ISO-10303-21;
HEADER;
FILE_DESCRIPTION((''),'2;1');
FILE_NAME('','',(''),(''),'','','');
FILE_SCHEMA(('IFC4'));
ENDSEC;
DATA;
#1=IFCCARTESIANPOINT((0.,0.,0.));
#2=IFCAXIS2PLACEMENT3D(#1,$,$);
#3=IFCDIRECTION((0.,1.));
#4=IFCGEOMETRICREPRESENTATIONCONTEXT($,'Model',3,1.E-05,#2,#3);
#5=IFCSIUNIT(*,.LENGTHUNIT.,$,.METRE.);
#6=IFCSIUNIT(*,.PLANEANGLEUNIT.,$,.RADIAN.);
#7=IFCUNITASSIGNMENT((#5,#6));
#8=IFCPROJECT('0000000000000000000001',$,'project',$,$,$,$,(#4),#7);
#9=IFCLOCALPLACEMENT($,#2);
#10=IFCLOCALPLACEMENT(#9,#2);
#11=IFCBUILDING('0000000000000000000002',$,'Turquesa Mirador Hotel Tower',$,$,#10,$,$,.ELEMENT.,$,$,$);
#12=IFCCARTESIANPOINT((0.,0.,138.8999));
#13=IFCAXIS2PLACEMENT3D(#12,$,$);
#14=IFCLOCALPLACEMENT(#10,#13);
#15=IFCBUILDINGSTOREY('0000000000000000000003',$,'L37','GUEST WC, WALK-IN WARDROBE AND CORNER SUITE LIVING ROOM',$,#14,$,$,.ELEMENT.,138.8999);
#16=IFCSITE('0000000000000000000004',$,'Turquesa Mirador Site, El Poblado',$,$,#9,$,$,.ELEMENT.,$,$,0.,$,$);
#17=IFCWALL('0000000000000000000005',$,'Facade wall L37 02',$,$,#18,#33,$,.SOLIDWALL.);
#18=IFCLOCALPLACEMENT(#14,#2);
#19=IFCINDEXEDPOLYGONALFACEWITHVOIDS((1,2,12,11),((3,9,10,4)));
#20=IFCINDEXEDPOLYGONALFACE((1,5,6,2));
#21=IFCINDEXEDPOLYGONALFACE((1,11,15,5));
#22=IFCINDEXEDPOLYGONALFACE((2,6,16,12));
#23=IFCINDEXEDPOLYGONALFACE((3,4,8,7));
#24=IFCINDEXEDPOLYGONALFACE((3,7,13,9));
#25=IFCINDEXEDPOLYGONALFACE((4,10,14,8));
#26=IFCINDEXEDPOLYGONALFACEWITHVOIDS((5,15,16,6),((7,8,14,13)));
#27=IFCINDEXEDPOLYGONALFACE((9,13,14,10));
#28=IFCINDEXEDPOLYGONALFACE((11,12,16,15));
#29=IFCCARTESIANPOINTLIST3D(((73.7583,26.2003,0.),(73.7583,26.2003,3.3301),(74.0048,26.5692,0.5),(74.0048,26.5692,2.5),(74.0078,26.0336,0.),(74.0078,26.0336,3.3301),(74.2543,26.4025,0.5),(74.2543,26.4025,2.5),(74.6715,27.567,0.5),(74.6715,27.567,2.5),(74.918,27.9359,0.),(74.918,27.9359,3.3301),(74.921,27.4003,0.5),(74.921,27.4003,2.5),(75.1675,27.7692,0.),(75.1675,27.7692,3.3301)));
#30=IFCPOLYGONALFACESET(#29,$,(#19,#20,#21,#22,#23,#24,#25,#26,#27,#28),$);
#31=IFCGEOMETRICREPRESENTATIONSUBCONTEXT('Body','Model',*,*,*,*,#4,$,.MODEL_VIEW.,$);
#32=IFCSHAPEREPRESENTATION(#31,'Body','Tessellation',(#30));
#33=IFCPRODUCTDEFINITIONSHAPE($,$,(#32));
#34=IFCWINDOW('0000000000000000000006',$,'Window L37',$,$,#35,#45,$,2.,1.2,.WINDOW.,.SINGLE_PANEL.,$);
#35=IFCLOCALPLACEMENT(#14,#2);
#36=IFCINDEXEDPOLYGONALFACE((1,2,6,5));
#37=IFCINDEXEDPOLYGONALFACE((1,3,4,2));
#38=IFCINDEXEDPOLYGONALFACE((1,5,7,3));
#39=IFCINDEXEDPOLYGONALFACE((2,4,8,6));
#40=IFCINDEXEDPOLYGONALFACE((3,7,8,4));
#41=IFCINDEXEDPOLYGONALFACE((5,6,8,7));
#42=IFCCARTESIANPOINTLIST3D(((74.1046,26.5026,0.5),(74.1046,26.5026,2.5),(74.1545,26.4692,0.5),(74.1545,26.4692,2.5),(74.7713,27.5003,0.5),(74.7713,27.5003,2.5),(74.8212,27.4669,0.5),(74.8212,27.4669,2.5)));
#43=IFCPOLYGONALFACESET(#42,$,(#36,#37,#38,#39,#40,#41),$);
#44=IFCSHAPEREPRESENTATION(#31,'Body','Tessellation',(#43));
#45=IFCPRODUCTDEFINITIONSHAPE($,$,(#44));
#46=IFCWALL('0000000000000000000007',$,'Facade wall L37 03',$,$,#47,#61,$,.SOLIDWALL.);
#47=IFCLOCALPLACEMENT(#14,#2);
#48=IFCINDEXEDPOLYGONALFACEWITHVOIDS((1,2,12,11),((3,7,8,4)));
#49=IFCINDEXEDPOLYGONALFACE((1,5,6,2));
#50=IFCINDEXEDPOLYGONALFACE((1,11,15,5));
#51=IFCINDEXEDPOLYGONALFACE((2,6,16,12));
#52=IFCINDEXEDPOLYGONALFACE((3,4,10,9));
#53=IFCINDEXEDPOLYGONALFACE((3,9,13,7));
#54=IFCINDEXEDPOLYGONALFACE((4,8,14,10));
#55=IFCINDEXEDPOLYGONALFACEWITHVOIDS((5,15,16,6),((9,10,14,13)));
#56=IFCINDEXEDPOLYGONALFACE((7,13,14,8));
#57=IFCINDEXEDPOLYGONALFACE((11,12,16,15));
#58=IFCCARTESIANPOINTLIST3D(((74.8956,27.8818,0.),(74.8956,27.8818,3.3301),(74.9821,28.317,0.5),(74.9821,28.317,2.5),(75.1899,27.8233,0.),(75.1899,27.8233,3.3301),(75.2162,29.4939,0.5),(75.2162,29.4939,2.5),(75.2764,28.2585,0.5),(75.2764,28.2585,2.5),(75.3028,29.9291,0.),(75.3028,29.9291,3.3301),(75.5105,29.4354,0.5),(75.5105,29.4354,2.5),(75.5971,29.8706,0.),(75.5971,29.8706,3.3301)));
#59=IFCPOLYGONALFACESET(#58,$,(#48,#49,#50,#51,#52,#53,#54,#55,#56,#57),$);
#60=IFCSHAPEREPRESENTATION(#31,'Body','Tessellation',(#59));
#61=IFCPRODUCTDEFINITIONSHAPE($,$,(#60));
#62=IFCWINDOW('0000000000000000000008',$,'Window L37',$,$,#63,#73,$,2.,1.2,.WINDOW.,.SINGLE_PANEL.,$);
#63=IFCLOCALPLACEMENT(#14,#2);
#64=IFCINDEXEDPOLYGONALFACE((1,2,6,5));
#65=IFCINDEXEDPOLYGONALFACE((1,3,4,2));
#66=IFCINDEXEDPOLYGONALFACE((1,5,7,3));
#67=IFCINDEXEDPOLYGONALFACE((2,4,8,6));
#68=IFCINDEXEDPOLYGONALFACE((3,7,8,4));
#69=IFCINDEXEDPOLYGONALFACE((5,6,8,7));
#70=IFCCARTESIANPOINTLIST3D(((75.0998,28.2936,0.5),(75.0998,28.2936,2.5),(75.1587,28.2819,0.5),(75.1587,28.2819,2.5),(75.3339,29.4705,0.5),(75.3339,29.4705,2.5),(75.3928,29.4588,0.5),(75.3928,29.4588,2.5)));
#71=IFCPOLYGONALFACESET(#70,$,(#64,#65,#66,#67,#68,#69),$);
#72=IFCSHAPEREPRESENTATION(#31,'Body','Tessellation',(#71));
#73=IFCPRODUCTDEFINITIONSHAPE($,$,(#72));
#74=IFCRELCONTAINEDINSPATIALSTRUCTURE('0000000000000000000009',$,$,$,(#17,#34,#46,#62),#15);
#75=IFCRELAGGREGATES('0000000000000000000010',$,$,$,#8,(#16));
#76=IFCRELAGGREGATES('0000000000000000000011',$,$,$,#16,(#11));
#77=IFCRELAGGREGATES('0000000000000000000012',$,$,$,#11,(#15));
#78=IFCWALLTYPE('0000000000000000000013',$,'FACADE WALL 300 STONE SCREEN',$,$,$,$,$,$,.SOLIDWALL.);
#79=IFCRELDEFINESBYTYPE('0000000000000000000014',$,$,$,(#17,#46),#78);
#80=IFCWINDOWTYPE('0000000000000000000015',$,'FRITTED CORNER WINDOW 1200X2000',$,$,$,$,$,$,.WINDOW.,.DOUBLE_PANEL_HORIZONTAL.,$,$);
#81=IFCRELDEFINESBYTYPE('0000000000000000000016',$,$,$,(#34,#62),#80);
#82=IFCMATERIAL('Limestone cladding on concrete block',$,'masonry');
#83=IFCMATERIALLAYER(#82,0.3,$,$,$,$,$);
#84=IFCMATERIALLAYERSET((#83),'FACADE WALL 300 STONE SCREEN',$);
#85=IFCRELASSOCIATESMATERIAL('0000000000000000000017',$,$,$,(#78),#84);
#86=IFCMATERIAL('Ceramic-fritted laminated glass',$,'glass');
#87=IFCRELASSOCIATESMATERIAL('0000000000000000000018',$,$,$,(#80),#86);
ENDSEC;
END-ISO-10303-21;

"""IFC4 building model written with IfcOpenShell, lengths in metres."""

from ifc_helpers import new_model, si_unit, direction, frame, frame_2d, origin, place, context, subcontext, project, spatial, rectangle, extrude, material, layer, layer_set, type_object, element, fill, save


model = new_model("IFC4")

# Units and contexts
model_context = context("Model", 3, precision=1e-05, world=origin(), true_north=direction((0.0, 1.0)))
body_context = subcontext(model_context, "Body", "Model", "MODEL_VIEW")
ifc_project = project(units=[si_unit("LENGTHUNIT", "METRE"), si_unit("PLANEANGLEUNIT", "RADIAN")], contexts=[model_context])

# Site, building, storey
site_placement = place(None, origin())
site = spatial("IfcSite", under=ifc_project, at=site_placement, Name="Turquesa Mirador Site, El Poblado", CompositionType="ELEMENT", RefElevation=0.0)
building_placement = place(site_placement, origin())
building = spatial("IfcBuilding", under=site, at=building_placement, Name="Turquesa Mirador Hotel Tower", CompositionType="ELEMENT")
storey_placement = place(building_placement, frame((0.0, 0.0, 138.8999)))
storey = spatial("IfcBuildingStorey", under=building, at=storey_placement, Name="L37", Description="GUEST WC, WALK-IN WARDROBE AND CORNER SUITE LIVING ROOM", CompositionType="ELEMENT", Elevation=138.8999)

# Walls, openings, windows
ifc_material_1 = material(Name="Limestone cladding on concrete block", Category="masonry")
ifc_layer = layer(ifc_material_1, 0.3)
ifc_layer_set = layer_set([ifc_layer], Name="FACADE WALL 300 STONE SCREEN")
wall_type = type_object("IfcWallType", Name="FACADE WALL 300 STONE SCREEN", PredefinedType="SOLIDWALL", material=ifc_layer_set)
ifc_material_2 = material(Name="Ceramic-fritted laminated glass", Category="glass")
window_type_1 = type_object("IfcWindowType", Name="FRITTED CORNER WINDOW 1200X2000", PartitioningType="DOUBLE_PANEL_HORIZONTAL", PredefinedType="WINDOW", material=ifc_material_2)
wall_1_placement = place(storey_placement, frame((73.8831, 26.1169, 0.0), z_axis=(0.0, 0.0, 1.0), x_axis=(0.555564, 0.831474, 0.0)))
wall_1 = element("IfcWall", 1, at=wall_1_placement, inside=storey, type_object=wall_type, Name="Facade wall L37 02", PredefinedType="SOLIDWALL", context=body_context, shape_type="SweptSolid", body=[
    extrude(rectangle(XDim=2.0874, YDim=0.3, at=frame_2d((1.0437, 0.0))), origin(), (0.0, 0.0, 1.0), 3.3301),
])
opening_1_placement = place(wall_1_placement, frame((0.4436, 0.0, 0.5)))
opening_1 = element("IfcOpeningElement", 2, at=opening_1_placement, cuts=wall_1, PredefinedType="OPENING", context=body_context, shape_type="SweptSolid", body=[
    extrude(rectangle(XDim=1.2, YDim=2.0, at=frame_2d((0.6001, 1.0))), frame((0.0, 0.1599, 0.0), z_axis=(0.0, -1.0, 0.0), x_axis=(1.0, 0.0, 0.0)), (0.0, 0.0, 1.0), 0.3201),
])
window_1_placement = place(opening_1_placement, origin())
window_1 = element("IfcWindow", 3, at=window_1_placement, inside=storey, type_object=window_type_1, Name="Window L37", OverallHeight=2.0, OverallWidth=1.2, PartitioningType="SINGLE_PANEL", PredefinedType="WINDOW", context=body_context, shape_type="SweptSolid", body=[
    extrude(rectangle(XDim=1.2, YDim=2.0, at=frame_2d((0.6001, 1.0))), frame((0.0, 0.03, 0.0), z_axis=(0.0, -1.0, 0.0), x_axis=(1.0, 0.0, 0.0)), (0.0, 0.0, 1.0), 0.0601),
])
fill(opening_1, window_1)
wall_2_placement = place(storey_placement, frame((75.0427, 27.8525, 0.0), z_axis=(0.0, 0.0, 1.0), x_axis=(0.195081, 0.980787, 0.0)))
wall_2 = element("IfcWall", 4, at=wall_2_placement, inside=storey, type_object=wall_type, Name="Facade wall L37 03", PredefinedType="SOLIDWALL", context=body_context, shape_type="SweptSolid", body=[
    extrude(rectangle(XDim=2.0874, YDim=0.3, at=frame_2d((1.0437, 0.0))), origin(), (0.0, 0.0, 1.0), 3.3301),
])
opening_2_placement = place(wall_2_placement, frame((0.4436, 0.0, 0.5)))
opening_2 = element("IfcOpeningElement", 5, at=opening_2_placement, cuts=wall_2, PredefinedType="OPENING", context=body_context, shape_type="SweptSolid", body=[
    extrude(rectangle(XDim=1.2, YDim=2.0, at=frame_2d((0.6001, 1.0))), frame((0.0, 0.1599, 0.0), z_axis=(0.0, -1.0, 0.0), x_axis=(1.0, 0.0, 0.0)), (0.0, 0.0, 1.0), 0.3201),
])
window_2_placement = place(opening_2_placement, origin())
window_2 = element("IfcWindow", 6, at=window_2_placement, inside=storey, type_object=window_type_1, Name="Window L37", OverallHeight=2.0, OverallWidth=1.2, PartitioningType="SINGLE_PANEL", PredefinedType="WINDOW", context=body_context, shape_type="SweptSolid", body=[
    extrude(rectangle(XDim=1.2, YDim=2.0, at=frame_2d((0.6001, 1.0))), frame((0.0, 0.03, 0.0), z_axis=(0.0, -1.0, 0.0), x_axis=(1.0, 0.0, 0.0)), (0.0, 0.0, 1.0), 0.0601),
])
fill(opening_2, window_2)

save(model, "model.ifc")
